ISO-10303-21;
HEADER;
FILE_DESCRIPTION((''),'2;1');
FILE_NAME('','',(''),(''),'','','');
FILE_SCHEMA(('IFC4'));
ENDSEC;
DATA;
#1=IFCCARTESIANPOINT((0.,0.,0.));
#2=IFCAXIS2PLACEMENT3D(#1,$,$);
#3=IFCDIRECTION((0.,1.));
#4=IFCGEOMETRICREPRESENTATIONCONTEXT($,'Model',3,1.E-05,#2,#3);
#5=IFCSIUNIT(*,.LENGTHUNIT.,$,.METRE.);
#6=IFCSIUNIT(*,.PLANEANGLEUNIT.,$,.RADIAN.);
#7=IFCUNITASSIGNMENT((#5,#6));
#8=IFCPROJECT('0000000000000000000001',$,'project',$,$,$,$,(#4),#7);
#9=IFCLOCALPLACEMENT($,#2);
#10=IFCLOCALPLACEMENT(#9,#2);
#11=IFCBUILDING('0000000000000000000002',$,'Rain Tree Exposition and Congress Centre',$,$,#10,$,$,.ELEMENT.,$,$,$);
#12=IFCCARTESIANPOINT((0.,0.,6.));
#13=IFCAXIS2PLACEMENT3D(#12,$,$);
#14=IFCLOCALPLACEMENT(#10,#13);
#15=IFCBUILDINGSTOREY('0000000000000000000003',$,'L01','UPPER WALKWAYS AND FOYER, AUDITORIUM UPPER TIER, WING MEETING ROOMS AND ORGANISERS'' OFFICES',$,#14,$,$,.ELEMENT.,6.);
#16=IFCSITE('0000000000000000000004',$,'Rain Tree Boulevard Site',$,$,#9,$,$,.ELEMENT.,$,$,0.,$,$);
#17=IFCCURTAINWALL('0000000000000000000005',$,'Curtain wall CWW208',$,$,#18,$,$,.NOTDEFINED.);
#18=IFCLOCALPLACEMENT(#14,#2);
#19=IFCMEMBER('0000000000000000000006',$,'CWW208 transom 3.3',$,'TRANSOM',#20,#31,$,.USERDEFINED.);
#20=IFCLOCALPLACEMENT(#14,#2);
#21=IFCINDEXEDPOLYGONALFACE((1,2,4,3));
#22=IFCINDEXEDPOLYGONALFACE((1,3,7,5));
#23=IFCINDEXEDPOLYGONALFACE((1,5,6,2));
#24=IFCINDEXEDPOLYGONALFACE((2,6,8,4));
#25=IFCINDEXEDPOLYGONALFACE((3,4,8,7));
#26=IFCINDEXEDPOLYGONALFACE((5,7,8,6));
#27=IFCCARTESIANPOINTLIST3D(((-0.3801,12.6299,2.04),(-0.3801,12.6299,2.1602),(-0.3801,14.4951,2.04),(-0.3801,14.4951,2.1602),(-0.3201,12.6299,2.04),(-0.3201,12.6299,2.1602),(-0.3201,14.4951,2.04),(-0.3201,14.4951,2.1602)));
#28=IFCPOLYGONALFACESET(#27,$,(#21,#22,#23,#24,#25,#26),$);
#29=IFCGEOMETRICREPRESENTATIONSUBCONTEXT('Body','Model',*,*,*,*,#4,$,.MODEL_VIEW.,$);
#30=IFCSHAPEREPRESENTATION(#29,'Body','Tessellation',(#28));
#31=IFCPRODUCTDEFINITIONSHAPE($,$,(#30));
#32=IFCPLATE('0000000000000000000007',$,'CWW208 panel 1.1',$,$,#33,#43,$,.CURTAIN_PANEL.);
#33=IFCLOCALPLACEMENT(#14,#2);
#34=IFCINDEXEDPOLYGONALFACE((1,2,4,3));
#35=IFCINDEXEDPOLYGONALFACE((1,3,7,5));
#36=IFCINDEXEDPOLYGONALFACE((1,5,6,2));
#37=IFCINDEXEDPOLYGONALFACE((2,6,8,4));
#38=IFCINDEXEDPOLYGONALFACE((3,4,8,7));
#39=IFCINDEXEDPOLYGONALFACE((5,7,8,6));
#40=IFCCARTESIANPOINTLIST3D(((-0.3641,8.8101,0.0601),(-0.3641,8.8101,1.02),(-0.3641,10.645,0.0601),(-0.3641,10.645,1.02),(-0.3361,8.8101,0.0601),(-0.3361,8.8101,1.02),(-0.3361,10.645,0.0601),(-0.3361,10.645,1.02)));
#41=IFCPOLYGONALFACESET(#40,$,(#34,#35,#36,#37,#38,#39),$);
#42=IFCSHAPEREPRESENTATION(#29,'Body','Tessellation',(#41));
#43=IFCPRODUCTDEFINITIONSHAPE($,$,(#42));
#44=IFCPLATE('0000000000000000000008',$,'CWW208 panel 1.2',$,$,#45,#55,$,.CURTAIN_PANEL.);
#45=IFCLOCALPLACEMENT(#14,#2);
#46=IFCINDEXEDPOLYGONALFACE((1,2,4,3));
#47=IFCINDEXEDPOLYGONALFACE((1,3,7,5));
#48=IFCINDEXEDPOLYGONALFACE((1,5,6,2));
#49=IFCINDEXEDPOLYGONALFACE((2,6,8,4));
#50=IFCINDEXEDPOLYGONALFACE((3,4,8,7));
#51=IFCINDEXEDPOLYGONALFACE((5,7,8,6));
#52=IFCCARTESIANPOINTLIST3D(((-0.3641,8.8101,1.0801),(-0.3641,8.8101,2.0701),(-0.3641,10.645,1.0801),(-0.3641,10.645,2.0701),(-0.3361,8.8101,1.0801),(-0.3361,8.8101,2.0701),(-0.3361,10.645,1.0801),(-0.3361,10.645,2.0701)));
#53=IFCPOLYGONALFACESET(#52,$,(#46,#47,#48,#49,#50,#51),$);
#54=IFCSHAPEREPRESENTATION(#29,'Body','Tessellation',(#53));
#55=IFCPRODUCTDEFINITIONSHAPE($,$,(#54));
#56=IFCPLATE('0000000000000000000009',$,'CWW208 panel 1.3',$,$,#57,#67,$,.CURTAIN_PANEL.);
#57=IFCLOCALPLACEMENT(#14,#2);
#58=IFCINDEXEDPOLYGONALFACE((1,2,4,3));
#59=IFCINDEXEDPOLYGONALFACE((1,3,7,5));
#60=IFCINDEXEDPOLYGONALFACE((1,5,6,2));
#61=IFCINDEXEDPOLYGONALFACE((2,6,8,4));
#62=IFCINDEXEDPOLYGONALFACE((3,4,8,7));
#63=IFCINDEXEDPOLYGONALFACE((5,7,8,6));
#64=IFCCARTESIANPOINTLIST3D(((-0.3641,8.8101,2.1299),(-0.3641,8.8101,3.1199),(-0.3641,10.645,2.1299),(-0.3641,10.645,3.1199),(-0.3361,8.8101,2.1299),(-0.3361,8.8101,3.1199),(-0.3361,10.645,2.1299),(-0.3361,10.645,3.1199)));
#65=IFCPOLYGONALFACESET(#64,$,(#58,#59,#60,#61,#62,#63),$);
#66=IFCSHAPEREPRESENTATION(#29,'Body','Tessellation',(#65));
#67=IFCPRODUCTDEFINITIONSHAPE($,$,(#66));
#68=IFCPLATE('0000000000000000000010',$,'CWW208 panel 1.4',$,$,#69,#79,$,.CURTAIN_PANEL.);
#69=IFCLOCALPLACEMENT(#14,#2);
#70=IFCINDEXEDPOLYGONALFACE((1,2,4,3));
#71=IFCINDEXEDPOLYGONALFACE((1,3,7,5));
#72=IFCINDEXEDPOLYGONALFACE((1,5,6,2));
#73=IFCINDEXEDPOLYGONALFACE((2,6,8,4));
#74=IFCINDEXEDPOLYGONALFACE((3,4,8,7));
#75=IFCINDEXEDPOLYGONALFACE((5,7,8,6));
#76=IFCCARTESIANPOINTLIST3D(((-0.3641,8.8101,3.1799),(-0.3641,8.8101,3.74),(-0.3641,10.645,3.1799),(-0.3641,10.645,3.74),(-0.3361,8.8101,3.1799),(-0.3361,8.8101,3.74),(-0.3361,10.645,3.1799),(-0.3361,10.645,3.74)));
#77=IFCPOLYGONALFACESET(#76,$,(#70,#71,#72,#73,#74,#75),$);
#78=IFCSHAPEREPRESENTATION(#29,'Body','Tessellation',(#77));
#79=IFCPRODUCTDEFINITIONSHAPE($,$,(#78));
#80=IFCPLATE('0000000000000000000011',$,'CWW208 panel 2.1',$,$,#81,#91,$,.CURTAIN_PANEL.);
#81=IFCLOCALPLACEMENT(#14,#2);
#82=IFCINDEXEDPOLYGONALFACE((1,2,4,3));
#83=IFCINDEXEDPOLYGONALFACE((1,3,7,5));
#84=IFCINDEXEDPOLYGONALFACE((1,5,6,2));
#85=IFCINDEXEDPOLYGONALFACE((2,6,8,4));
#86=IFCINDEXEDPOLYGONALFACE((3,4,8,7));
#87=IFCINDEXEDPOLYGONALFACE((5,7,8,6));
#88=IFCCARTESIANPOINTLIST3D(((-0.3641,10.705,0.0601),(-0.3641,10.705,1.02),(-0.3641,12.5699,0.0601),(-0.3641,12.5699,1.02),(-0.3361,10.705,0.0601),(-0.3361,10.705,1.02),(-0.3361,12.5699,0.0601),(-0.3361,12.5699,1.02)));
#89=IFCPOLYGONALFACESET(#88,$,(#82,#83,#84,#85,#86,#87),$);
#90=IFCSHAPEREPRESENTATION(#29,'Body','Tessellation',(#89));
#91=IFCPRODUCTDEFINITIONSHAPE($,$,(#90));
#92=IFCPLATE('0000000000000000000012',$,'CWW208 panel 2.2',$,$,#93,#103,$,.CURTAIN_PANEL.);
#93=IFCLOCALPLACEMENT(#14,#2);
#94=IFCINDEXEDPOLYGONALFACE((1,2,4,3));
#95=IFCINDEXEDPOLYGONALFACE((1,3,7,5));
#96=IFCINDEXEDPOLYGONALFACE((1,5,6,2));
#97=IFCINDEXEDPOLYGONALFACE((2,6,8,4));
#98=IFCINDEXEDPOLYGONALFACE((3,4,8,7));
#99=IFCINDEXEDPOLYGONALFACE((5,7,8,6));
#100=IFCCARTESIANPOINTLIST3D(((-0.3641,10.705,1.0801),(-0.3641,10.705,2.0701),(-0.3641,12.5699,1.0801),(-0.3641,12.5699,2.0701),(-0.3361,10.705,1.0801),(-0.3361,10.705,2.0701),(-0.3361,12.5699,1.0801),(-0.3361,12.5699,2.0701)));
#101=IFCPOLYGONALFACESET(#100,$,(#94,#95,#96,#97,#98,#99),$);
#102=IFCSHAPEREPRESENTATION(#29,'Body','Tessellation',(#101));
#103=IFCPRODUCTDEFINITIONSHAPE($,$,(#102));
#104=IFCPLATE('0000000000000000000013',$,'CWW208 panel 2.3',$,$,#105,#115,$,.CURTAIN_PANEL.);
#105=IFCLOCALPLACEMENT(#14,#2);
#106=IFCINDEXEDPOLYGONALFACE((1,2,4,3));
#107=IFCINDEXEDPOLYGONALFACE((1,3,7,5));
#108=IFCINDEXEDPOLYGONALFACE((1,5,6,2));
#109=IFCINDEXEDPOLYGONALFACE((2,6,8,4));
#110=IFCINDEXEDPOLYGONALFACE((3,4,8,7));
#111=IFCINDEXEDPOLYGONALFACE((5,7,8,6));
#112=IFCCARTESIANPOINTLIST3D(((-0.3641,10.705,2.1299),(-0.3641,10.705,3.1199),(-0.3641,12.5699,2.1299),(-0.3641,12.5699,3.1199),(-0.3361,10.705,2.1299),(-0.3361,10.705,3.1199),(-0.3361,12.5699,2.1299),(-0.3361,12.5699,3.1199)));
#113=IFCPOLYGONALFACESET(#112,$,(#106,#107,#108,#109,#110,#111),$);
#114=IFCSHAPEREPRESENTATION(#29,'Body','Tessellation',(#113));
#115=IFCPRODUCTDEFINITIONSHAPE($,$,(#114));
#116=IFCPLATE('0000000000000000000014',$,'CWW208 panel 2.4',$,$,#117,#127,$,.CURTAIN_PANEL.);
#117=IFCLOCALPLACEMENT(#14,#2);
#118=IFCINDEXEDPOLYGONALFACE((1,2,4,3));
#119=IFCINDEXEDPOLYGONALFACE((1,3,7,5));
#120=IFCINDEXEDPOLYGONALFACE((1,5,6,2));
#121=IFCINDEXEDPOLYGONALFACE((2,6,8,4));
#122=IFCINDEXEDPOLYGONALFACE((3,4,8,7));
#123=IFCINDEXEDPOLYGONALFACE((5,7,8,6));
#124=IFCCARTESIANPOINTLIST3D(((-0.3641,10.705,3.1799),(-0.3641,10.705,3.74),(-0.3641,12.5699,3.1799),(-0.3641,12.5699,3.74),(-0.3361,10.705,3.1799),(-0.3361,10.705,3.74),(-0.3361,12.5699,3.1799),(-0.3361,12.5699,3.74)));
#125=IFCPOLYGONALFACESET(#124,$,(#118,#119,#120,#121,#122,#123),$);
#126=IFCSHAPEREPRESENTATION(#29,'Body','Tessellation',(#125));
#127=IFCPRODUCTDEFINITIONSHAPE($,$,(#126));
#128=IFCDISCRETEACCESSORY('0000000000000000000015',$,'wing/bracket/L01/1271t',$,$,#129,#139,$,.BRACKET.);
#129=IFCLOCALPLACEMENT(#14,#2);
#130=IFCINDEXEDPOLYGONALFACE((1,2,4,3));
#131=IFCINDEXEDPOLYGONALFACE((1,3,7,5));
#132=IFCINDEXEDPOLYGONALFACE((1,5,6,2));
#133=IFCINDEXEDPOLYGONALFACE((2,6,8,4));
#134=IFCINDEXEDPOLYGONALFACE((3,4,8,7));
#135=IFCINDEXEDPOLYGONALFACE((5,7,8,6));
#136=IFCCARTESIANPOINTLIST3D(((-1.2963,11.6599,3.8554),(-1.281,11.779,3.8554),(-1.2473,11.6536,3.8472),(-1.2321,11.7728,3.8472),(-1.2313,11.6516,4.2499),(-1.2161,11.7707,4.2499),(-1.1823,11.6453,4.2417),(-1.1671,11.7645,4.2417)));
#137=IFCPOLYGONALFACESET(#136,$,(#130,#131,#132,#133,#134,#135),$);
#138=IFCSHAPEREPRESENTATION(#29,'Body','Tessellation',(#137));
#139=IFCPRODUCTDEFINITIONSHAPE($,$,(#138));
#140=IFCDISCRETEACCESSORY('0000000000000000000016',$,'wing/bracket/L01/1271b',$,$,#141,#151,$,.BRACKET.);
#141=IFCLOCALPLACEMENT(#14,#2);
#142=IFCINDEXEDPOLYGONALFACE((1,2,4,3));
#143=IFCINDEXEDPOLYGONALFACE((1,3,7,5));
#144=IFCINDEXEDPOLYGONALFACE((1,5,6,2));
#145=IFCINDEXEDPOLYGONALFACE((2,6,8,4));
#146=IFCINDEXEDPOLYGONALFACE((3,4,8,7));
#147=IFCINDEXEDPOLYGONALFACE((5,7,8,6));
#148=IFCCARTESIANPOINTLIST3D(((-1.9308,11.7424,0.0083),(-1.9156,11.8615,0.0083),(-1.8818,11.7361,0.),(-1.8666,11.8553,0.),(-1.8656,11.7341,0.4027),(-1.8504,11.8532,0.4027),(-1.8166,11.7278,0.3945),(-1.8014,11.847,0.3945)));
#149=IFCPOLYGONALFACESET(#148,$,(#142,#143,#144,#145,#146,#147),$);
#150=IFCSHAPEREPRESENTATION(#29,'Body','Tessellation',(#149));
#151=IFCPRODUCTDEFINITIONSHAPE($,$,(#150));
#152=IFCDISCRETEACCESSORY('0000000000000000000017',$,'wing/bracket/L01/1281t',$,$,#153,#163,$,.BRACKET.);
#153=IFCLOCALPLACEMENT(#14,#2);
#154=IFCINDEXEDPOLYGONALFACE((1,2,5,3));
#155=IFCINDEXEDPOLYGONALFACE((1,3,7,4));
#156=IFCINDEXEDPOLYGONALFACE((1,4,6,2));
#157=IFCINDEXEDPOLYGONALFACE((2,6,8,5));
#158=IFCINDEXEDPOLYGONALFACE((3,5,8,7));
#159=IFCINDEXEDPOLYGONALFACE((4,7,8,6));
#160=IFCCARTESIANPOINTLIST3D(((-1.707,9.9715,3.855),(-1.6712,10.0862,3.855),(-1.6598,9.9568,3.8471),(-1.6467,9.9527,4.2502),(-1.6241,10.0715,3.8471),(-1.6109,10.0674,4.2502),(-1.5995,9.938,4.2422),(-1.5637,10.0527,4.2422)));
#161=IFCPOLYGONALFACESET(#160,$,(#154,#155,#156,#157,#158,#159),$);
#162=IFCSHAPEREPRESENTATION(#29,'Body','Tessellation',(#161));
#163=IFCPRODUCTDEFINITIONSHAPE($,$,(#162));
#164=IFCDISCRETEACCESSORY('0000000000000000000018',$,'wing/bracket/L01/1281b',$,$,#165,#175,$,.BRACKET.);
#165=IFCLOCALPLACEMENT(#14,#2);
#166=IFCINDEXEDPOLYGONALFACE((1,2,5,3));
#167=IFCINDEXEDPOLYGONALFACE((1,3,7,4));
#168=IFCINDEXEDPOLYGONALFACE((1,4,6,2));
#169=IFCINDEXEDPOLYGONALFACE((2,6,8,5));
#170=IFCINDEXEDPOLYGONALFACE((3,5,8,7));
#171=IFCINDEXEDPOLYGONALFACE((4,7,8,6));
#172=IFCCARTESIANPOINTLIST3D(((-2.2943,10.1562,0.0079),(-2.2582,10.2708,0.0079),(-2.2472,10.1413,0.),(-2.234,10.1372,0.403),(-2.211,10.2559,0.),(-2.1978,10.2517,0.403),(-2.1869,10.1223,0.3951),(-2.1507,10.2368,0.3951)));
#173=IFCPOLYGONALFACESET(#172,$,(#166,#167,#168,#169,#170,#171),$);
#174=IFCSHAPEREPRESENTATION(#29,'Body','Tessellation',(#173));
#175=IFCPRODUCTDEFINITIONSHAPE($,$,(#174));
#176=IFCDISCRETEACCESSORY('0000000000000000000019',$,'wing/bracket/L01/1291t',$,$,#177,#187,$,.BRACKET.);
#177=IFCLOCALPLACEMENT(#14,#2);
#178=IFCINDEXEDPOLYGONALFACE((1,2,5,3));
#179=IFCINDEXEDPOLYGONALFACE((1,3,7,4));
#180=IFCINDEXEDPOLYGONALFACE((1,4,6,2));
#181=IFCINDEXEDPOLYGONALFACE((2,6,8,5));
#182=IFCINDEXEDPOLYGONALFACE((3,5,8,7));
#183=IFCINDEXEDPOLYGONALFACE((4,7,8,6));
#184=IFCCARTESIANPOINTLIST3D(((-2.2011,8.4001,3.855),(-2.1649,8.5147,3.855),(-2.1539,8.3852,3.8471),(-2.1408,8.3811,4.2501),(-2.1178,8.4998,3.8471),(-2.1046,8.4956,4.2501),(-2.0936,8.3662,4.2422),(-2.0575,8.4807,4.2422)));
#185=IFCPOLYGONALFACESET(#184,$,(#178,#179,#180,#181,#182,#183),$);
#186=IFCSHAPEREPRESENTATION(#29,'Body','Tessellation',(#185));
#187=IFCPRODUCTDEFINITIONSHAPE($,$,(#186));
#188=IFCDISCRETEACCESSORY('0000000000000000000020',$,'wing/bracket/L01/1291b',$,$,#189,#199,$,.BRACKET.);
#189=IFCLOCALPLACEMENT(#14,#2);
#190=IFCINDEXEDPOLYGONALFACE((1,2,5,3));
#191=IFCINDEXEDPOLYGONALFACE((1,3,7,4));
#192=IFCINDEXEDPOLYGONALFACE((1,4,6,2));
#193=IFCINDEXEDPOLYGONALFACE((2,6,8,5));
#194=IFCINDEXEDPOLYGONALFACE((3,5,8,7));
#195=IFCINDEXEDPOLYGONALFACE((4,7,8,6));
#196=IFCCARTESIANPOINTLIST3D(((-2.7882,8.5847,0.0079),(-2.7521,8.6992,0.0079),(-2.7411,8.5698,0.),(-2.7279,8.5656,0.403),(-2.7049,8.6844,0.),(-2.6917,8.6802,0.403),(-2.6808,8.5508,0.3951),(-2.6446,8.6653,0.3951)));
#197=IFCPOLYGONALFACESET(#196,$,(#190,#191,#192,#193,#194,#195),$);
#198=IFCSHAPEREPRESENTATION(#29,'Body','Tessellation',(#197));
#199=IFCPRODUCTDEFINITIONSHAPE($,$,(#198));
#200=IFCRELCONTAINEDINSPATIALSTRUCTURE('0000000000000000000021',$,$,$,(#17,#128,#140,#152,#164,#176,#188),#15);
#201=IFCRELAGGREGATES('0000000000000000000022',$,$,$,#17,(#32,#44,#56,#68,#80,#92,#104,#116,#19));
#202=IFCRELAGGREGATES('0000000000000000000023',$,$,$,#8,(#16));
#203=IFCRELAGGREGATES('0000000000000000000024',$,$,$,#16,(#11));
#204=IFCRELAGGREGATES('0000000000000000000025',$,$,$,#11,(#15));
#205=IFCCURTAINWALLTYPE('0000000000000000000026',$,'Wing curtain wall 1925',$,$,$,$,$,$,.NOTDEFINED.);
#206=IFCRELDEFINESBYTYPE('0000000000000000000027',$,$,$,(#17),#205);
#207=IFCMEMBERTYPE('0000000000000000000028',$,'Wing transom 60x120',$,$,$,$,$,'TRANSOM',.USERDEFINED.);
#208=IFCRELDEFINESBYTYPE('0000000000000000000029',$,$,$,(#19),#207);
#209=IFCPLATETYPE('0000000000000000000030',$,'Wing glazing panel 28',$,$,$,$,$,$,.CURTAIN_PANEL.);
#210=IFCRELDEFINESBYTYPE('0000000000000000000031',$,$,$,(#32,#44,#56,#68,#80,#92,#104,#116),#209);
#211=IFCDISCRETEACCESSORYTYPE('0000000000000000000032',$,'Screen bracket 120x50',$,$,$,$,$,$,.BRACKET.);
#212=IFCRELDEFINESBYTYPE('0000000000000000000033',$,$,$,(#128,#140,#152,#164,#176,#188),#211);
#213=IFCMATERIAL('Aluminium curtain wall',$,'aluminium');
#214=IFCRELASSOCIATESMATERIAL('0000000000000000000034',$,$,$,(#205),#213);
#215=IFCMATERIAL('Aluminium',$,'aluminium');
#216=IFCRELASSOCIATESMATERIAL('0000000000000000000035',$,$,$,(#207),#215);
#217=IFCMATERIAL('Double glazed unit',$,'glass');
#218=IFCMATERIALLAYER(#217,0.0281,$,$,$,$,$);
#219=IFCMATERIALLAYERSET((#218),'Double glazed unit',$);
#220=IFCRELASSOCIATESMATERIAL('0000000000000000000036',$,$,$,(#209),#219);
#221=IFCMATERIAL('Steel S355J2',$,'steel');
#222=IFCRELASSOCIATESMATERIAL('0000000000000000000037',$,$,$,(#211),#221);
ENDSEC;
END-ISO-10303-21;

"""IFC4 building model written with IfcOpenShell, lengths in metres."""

from ifc_helpers import new_model, si_unit, direction, frame, origin, origin_2d, place, context, subcontext, project, spatial, rectangle, extrude, material, layer, layer_set, material_profile, profile_set, type_object, element, aggregate, save


model = new_model("IFC4")

# Units and contexts
model_context = context("Model", 3, precision=1e-05, world=origin(), true_north=direction((0.0, 1.0)))
body_context = subcontext(model_context, "Body", "Model", "MODEL_VIEW")
ifc_project = project(units=[si_unit("LENGTHUNIT", "METRE"), si_unit("PLANEANGLEUNIT", "RADIAN")], contexts=[model_context])

# Site, building, storey
site_placement = place(None, origin())
site = spatial("IfcSite", under=ifc_project, at=site_placement, Name="Rain Tree Boulevard Site", CompositionType="ELEMENT", RefElevation=0.0)
building_placement = place(site_placement, origin())
building = spatial("IfcBuilding", under=site, at=building_placement, Name="Rain Tree Exposition and Congress Centre", CompositionType="ELEMENT")
storey_placement = place(building_placement, frame((0.0, 0.0, 6.0)))
storey = spatial("IfcBuildingStorey", under=building, at=storey_placement, Name="L01", Description="UPPER WALKWAYS AND FOYER, AUDITORIUM UPPER TIER, WING MEETING ROOMS AND ORGANISERS' OFFICES", CompositionType="ELEMENT", Elevation=6.0)

# Curtain wall, member, plates
ifc_material_1 = material(Name="Aluminium curtain wall", Category="aluminium")
curtain_wall_type = type_object("IfcCurtainWallType", Name="Wing curtain wall 1925", PredefinedType="NOTDEFINED", material=ifc_material_1)
curtain_wall_placement = place(storey_placement, origin())
curtain_wall = element("IfcCurtainWall", 1, at=curtain_wall_placement, inside=storey, type_object=curtain_wall_type, Name="Curtain wall CWW208", PredefinedType="NOTDEFINED")
ifc_material_2 = material(Name="Aluminium", Category="aluminium")
ifc_material_profile_1 = material_profile(ifc_material_2, rectangle(XDim=0.0601, YDim=0.1201, at=origin_2d()), Name="Aluminium 60x120")
ifc_profile_set_1 = profile_set([ifc_material_profile_1], Name="Aluminium")
member_type_1 = type_object("IfcMemberType", Name="Wing transom 60x120", ElementType="TRANSOM", PredefinedType="USERDEFINED", material=ifc_profile_set_1)
member_1_placement = place(storey_placement, frame((-0.3501, 12.6299, 2.1001), z_axis=(0.0, 1.0, 0.0), x_axis=(-1.0, 0.0, 0.0)))
member_1 = element("IfcMember", 2, at=member_1_placement, type_object=member_type_1, Name="CWW208 transom 3.3", ObjectType="TRANSOM", PredefinedType="USERDEFINED", context=body_context, shape_type="SweptSolid", body=[
    extrude(rectangle(XDim=0.0601, YDim=0.1201, at=origin_2d()), origin(), (0.0, 0.0, 1.0), 1.8652),
])
ifc_material_3 = material(Name="Double glazed unit", Category="glass")
ifc_layer_1 = layer(ifc_material_3, 0.0281)
ifc_layer_set_1 = layer_set([ifc_layer_1], Name="Double glazed unit")
plate_type = type_object("IfcPlateType", Name="Wing glazing panel 28", PredefinedType="CURTAIN_PANEL", material=ifc_layer_set_1)
plate_1_placement = place(storey_placement, frame((-0.3501, 9.7275, 0.0601), z_axis=(0.0, 0.0, 1.0), x_axis=(0.0, 1.0, 0.0)))
plate_1 = element("IfcPlate", 3, at=plate_1_placement, type_object=plate_type, Name="CWW208 panel 1.1", PredefinedType="CURTAIN_PANEL", context=body_context, shape_type="SweptSolid", body=[
    extrude(rectangle(XDim=1.835, YDim=0.0281, at=origin_2d()), origin(), (0.0, 0.0, 1.0), 0.96),
])
plate_2_placement = place(storey_placement, frame((-0.3501, 9.7275, 1.0801), z_axis=(0.0, 0.0, 1.0), x_axis=(0.0, 1.0, 0.0)))
plate_2 = element("IfcPlate", 4, at=plate_2_placement, type_object=plate_type, Name="CWW208 panel 1.2", PredefinedType="CURTAIN_PANEL", context=body_context, shape_type="SweptSolid", body=[
    extrude(rectangle(XDim=1.835, YDim=0.0281, at=origin_2d()), origin(), (0.0, 0.0, 1.0), 0.99),
])
plate_3_placement = place(storey_placement, frame((-0.3501, 9.7275, 2.1299), z_axis=(0.0, 0.0, 1.0), x_axis=(0.0, 1.0, 0.0)))
plate_3 = element("IfcPlate", 5, at=plate_3_placement, type_object=plate_type, Name="CWW208 panel 1.3", PredefinedType="CURTAIN_PANEL", context=body_context, shape_type="SweptSolid", body=[
    extrude(rectangle(XDim=1.835, YDim=0.0281, at=origin_2d()), origin(), (0.0, 0.0, 1.0), 0.99),
])
plate_4_placement = place(storey_placement, frame((-0.3501, 9.7275, 3.1799), z_axis=(0.0, 0.0, 1.0), x_axis=(0.0, 1.0, 0.0)))
plate_4 = element("IfcPlate", 6, at=plate_4_placement, type_object=plate_type, Name="CWW208 panel 1.4", PredefinedType="CURTAIN_PANEL", context=body_context, shape_type="SweptSolid", body=[
    extrude(rectangle(XDim=1.835, YDim=0.0281, at=origin_2d()), origin(), (0.0, 0.0, 1.0), 0.5601),
])
plate_5_placement = place(storey_placement, frame((-0.3501, 11.6375, 0.0601), z_axis=(0.0, 0.0, 1.0), x_axis=(0.0, 1.0, 0.0)))
plate_5 = element("IfcPlate", 7, at=plate_5_placement, type_object=plate_type, Name="CWW208 panel 2.1", PredefinedType="CURTAIN_PANEL", context=body_context, shape_type="SweptSolid", body=[
    extrude(rectangle(XDim=1.865, YDim=0.0281, at=origin_2d()), origin(), (0.0, 0.0, 1.0), 0.96),
])
plate_6_placement = place(storey_placement, frame((-0.3501, 11.6375, 1.0801), z_axis=(0.0, 0.0, 1.0), x_axis=(0.0, 1.0, 0.0)))
plate_6 = element("IfcPlate", 8, at=plate_6_placement, type_object=plate_type, Name="CWW208 panel 2.2", PredefinedType="CURTAIN_PANEL", context=body_context, shape_type="SweptSolid", body=[
    extrude(rectangle(XDim=1.865, YDim=0.0281, at=origin_2d()), origin(), (0.0, 0.0, 1.0), 0.99),
])
plate_7_placement = place(storey_placement, frame((-0.3501, 11.6375, 2.1299), z_axis=(0.0, 0.0, 1.0), x_axis=(0.0, 1.0, 0.0)))
plate_7 = element("IfcPlate", 9, at=plate_7_placement, type_object=plate_type, Name="CWW208 panel 2.3", PredefinedType="CURTAIN_PANEL", context=body_context, shape_type="SweptSolid", body=[
    extrude(rectangle(XDim=1.865, YDim=0.0281, at=origin_2d()), origin(), (0.0, 0.0, 1.0), 0.99),
])
plate_8_placement = place(storey_placement, frame((-0.3501, 11.6375, 3.1799), z_axis=(0.0, 0.0, 1.0), x_axis=(0.0, 1.0, 0.0)))
plate_8 = element("IfcPlate", 10, at=plate_8_placement, type_object=plate_type, Name="CWW208 panel 2.4", PredefinedType="CURTAIN_PANEL", context=body_context, shape_type="SweptSolid", body=[
    extrude(rectangle(XDim=1.865, YDim=0.0281, at=origin_2d()), origin(), (0.0, 0.0, 1.0), 0.5601),
])
aggregate(curtain_wall, [plate_1, plate_2, plate_3, plate_4, plate_5, plate_6, plate_7, plate_8, member_1])

# Discrete accessories
ifc_material_4 = material(Name="Steel S355J2", Category="steel")
ifc_material_profile_2 = material_profile(ifc_material_4, rectangle(XDim=0.1201, YDim=0.05, at=origin_2d()), Name="Flat bar 120x50")
ifc_profile_set_2 = profile_set([ifc_material_profile_2], Name="Steel S355J2")
discrete_accessory_type = type_object("IfcDiscreteAccessoryType", Name="Screen bracket 120x50", PredefinedType="BRACKET", material=ifc_profile_set_2)
for number, where, z_axis, x_axis, name in (
    (11, (-1.2642, 11.7163, 3.8513), (0.162383, -0.020756, 0.986509), (0.126788, 0.99193, 0.0), "wing/bracket/L01/1271t"),
    (12, (-1.8987, 11.7988, 0.0042), (0.162978, -0.020754, 0.986411), (0.126321, 0.991989, 0.0), "wing/bracket/L01/1271b"),
):
    element("IfcDiscreteAccessory", number, at=place(storey_placement, frame(where, z_axis=z_axis, x_axis=x_axis)), inside=storey, type_object=discrete_accessory_type, Name=name, PredefinedType="BRACKET", context=body_context, shape_type="SweptSolid", body=[
        extrude(rectangle(XDim=0.1201, YDim=0.05, at=origin_2d()), origin(), (0.0, 0.0, 1.0), 0.3999),
    ])
for number, where, z_axis, x_axis, name in (
    (13, (-1.6655, 10.0215, 3.8511), (0.150743, -0.046993, 0.987456), (0.297615, 0.954686, 0.0), "wing/bracket/L01/1281t"),
    (14, (-2.2527, 10.2061, 0.0039), (0.150738, -0.047602, 0.987427), (0.301131, 0.953583, 0.0), "wing/bracket/L01/1281b"),
    (15, (-2.1594, 8.45, 3.8511), (0.150738, -0.047602, 0.987427), (0.301131, 0.953583, 0.0), "wing/bracket/L01/1291t"),
    (16, (-2.7466, 8.6345, 0.0039), (0.150738, -0.047602, 0.987427), (0.301131, 0.953583, 0.0), "wing/bracket/L01/1291b"),
):
    element("IfcDiscreteAccessory", number, at=place(storey_placement, frame(where, z_axis=z_axis, x_axis=x_axis)), inside=storey, type_object=discrete_accessory_type, Name=name, PredefinedType="BRACKET", context=body_context, shape_type="SweptSolid", body=[
        extrude(rectangle(XDim=0.1201, YDim=0.05, at=origin_2d()), origin(), (0.0, 0.0, 1.0), 0.4001),
    ])

save(model, "model.ifc")
